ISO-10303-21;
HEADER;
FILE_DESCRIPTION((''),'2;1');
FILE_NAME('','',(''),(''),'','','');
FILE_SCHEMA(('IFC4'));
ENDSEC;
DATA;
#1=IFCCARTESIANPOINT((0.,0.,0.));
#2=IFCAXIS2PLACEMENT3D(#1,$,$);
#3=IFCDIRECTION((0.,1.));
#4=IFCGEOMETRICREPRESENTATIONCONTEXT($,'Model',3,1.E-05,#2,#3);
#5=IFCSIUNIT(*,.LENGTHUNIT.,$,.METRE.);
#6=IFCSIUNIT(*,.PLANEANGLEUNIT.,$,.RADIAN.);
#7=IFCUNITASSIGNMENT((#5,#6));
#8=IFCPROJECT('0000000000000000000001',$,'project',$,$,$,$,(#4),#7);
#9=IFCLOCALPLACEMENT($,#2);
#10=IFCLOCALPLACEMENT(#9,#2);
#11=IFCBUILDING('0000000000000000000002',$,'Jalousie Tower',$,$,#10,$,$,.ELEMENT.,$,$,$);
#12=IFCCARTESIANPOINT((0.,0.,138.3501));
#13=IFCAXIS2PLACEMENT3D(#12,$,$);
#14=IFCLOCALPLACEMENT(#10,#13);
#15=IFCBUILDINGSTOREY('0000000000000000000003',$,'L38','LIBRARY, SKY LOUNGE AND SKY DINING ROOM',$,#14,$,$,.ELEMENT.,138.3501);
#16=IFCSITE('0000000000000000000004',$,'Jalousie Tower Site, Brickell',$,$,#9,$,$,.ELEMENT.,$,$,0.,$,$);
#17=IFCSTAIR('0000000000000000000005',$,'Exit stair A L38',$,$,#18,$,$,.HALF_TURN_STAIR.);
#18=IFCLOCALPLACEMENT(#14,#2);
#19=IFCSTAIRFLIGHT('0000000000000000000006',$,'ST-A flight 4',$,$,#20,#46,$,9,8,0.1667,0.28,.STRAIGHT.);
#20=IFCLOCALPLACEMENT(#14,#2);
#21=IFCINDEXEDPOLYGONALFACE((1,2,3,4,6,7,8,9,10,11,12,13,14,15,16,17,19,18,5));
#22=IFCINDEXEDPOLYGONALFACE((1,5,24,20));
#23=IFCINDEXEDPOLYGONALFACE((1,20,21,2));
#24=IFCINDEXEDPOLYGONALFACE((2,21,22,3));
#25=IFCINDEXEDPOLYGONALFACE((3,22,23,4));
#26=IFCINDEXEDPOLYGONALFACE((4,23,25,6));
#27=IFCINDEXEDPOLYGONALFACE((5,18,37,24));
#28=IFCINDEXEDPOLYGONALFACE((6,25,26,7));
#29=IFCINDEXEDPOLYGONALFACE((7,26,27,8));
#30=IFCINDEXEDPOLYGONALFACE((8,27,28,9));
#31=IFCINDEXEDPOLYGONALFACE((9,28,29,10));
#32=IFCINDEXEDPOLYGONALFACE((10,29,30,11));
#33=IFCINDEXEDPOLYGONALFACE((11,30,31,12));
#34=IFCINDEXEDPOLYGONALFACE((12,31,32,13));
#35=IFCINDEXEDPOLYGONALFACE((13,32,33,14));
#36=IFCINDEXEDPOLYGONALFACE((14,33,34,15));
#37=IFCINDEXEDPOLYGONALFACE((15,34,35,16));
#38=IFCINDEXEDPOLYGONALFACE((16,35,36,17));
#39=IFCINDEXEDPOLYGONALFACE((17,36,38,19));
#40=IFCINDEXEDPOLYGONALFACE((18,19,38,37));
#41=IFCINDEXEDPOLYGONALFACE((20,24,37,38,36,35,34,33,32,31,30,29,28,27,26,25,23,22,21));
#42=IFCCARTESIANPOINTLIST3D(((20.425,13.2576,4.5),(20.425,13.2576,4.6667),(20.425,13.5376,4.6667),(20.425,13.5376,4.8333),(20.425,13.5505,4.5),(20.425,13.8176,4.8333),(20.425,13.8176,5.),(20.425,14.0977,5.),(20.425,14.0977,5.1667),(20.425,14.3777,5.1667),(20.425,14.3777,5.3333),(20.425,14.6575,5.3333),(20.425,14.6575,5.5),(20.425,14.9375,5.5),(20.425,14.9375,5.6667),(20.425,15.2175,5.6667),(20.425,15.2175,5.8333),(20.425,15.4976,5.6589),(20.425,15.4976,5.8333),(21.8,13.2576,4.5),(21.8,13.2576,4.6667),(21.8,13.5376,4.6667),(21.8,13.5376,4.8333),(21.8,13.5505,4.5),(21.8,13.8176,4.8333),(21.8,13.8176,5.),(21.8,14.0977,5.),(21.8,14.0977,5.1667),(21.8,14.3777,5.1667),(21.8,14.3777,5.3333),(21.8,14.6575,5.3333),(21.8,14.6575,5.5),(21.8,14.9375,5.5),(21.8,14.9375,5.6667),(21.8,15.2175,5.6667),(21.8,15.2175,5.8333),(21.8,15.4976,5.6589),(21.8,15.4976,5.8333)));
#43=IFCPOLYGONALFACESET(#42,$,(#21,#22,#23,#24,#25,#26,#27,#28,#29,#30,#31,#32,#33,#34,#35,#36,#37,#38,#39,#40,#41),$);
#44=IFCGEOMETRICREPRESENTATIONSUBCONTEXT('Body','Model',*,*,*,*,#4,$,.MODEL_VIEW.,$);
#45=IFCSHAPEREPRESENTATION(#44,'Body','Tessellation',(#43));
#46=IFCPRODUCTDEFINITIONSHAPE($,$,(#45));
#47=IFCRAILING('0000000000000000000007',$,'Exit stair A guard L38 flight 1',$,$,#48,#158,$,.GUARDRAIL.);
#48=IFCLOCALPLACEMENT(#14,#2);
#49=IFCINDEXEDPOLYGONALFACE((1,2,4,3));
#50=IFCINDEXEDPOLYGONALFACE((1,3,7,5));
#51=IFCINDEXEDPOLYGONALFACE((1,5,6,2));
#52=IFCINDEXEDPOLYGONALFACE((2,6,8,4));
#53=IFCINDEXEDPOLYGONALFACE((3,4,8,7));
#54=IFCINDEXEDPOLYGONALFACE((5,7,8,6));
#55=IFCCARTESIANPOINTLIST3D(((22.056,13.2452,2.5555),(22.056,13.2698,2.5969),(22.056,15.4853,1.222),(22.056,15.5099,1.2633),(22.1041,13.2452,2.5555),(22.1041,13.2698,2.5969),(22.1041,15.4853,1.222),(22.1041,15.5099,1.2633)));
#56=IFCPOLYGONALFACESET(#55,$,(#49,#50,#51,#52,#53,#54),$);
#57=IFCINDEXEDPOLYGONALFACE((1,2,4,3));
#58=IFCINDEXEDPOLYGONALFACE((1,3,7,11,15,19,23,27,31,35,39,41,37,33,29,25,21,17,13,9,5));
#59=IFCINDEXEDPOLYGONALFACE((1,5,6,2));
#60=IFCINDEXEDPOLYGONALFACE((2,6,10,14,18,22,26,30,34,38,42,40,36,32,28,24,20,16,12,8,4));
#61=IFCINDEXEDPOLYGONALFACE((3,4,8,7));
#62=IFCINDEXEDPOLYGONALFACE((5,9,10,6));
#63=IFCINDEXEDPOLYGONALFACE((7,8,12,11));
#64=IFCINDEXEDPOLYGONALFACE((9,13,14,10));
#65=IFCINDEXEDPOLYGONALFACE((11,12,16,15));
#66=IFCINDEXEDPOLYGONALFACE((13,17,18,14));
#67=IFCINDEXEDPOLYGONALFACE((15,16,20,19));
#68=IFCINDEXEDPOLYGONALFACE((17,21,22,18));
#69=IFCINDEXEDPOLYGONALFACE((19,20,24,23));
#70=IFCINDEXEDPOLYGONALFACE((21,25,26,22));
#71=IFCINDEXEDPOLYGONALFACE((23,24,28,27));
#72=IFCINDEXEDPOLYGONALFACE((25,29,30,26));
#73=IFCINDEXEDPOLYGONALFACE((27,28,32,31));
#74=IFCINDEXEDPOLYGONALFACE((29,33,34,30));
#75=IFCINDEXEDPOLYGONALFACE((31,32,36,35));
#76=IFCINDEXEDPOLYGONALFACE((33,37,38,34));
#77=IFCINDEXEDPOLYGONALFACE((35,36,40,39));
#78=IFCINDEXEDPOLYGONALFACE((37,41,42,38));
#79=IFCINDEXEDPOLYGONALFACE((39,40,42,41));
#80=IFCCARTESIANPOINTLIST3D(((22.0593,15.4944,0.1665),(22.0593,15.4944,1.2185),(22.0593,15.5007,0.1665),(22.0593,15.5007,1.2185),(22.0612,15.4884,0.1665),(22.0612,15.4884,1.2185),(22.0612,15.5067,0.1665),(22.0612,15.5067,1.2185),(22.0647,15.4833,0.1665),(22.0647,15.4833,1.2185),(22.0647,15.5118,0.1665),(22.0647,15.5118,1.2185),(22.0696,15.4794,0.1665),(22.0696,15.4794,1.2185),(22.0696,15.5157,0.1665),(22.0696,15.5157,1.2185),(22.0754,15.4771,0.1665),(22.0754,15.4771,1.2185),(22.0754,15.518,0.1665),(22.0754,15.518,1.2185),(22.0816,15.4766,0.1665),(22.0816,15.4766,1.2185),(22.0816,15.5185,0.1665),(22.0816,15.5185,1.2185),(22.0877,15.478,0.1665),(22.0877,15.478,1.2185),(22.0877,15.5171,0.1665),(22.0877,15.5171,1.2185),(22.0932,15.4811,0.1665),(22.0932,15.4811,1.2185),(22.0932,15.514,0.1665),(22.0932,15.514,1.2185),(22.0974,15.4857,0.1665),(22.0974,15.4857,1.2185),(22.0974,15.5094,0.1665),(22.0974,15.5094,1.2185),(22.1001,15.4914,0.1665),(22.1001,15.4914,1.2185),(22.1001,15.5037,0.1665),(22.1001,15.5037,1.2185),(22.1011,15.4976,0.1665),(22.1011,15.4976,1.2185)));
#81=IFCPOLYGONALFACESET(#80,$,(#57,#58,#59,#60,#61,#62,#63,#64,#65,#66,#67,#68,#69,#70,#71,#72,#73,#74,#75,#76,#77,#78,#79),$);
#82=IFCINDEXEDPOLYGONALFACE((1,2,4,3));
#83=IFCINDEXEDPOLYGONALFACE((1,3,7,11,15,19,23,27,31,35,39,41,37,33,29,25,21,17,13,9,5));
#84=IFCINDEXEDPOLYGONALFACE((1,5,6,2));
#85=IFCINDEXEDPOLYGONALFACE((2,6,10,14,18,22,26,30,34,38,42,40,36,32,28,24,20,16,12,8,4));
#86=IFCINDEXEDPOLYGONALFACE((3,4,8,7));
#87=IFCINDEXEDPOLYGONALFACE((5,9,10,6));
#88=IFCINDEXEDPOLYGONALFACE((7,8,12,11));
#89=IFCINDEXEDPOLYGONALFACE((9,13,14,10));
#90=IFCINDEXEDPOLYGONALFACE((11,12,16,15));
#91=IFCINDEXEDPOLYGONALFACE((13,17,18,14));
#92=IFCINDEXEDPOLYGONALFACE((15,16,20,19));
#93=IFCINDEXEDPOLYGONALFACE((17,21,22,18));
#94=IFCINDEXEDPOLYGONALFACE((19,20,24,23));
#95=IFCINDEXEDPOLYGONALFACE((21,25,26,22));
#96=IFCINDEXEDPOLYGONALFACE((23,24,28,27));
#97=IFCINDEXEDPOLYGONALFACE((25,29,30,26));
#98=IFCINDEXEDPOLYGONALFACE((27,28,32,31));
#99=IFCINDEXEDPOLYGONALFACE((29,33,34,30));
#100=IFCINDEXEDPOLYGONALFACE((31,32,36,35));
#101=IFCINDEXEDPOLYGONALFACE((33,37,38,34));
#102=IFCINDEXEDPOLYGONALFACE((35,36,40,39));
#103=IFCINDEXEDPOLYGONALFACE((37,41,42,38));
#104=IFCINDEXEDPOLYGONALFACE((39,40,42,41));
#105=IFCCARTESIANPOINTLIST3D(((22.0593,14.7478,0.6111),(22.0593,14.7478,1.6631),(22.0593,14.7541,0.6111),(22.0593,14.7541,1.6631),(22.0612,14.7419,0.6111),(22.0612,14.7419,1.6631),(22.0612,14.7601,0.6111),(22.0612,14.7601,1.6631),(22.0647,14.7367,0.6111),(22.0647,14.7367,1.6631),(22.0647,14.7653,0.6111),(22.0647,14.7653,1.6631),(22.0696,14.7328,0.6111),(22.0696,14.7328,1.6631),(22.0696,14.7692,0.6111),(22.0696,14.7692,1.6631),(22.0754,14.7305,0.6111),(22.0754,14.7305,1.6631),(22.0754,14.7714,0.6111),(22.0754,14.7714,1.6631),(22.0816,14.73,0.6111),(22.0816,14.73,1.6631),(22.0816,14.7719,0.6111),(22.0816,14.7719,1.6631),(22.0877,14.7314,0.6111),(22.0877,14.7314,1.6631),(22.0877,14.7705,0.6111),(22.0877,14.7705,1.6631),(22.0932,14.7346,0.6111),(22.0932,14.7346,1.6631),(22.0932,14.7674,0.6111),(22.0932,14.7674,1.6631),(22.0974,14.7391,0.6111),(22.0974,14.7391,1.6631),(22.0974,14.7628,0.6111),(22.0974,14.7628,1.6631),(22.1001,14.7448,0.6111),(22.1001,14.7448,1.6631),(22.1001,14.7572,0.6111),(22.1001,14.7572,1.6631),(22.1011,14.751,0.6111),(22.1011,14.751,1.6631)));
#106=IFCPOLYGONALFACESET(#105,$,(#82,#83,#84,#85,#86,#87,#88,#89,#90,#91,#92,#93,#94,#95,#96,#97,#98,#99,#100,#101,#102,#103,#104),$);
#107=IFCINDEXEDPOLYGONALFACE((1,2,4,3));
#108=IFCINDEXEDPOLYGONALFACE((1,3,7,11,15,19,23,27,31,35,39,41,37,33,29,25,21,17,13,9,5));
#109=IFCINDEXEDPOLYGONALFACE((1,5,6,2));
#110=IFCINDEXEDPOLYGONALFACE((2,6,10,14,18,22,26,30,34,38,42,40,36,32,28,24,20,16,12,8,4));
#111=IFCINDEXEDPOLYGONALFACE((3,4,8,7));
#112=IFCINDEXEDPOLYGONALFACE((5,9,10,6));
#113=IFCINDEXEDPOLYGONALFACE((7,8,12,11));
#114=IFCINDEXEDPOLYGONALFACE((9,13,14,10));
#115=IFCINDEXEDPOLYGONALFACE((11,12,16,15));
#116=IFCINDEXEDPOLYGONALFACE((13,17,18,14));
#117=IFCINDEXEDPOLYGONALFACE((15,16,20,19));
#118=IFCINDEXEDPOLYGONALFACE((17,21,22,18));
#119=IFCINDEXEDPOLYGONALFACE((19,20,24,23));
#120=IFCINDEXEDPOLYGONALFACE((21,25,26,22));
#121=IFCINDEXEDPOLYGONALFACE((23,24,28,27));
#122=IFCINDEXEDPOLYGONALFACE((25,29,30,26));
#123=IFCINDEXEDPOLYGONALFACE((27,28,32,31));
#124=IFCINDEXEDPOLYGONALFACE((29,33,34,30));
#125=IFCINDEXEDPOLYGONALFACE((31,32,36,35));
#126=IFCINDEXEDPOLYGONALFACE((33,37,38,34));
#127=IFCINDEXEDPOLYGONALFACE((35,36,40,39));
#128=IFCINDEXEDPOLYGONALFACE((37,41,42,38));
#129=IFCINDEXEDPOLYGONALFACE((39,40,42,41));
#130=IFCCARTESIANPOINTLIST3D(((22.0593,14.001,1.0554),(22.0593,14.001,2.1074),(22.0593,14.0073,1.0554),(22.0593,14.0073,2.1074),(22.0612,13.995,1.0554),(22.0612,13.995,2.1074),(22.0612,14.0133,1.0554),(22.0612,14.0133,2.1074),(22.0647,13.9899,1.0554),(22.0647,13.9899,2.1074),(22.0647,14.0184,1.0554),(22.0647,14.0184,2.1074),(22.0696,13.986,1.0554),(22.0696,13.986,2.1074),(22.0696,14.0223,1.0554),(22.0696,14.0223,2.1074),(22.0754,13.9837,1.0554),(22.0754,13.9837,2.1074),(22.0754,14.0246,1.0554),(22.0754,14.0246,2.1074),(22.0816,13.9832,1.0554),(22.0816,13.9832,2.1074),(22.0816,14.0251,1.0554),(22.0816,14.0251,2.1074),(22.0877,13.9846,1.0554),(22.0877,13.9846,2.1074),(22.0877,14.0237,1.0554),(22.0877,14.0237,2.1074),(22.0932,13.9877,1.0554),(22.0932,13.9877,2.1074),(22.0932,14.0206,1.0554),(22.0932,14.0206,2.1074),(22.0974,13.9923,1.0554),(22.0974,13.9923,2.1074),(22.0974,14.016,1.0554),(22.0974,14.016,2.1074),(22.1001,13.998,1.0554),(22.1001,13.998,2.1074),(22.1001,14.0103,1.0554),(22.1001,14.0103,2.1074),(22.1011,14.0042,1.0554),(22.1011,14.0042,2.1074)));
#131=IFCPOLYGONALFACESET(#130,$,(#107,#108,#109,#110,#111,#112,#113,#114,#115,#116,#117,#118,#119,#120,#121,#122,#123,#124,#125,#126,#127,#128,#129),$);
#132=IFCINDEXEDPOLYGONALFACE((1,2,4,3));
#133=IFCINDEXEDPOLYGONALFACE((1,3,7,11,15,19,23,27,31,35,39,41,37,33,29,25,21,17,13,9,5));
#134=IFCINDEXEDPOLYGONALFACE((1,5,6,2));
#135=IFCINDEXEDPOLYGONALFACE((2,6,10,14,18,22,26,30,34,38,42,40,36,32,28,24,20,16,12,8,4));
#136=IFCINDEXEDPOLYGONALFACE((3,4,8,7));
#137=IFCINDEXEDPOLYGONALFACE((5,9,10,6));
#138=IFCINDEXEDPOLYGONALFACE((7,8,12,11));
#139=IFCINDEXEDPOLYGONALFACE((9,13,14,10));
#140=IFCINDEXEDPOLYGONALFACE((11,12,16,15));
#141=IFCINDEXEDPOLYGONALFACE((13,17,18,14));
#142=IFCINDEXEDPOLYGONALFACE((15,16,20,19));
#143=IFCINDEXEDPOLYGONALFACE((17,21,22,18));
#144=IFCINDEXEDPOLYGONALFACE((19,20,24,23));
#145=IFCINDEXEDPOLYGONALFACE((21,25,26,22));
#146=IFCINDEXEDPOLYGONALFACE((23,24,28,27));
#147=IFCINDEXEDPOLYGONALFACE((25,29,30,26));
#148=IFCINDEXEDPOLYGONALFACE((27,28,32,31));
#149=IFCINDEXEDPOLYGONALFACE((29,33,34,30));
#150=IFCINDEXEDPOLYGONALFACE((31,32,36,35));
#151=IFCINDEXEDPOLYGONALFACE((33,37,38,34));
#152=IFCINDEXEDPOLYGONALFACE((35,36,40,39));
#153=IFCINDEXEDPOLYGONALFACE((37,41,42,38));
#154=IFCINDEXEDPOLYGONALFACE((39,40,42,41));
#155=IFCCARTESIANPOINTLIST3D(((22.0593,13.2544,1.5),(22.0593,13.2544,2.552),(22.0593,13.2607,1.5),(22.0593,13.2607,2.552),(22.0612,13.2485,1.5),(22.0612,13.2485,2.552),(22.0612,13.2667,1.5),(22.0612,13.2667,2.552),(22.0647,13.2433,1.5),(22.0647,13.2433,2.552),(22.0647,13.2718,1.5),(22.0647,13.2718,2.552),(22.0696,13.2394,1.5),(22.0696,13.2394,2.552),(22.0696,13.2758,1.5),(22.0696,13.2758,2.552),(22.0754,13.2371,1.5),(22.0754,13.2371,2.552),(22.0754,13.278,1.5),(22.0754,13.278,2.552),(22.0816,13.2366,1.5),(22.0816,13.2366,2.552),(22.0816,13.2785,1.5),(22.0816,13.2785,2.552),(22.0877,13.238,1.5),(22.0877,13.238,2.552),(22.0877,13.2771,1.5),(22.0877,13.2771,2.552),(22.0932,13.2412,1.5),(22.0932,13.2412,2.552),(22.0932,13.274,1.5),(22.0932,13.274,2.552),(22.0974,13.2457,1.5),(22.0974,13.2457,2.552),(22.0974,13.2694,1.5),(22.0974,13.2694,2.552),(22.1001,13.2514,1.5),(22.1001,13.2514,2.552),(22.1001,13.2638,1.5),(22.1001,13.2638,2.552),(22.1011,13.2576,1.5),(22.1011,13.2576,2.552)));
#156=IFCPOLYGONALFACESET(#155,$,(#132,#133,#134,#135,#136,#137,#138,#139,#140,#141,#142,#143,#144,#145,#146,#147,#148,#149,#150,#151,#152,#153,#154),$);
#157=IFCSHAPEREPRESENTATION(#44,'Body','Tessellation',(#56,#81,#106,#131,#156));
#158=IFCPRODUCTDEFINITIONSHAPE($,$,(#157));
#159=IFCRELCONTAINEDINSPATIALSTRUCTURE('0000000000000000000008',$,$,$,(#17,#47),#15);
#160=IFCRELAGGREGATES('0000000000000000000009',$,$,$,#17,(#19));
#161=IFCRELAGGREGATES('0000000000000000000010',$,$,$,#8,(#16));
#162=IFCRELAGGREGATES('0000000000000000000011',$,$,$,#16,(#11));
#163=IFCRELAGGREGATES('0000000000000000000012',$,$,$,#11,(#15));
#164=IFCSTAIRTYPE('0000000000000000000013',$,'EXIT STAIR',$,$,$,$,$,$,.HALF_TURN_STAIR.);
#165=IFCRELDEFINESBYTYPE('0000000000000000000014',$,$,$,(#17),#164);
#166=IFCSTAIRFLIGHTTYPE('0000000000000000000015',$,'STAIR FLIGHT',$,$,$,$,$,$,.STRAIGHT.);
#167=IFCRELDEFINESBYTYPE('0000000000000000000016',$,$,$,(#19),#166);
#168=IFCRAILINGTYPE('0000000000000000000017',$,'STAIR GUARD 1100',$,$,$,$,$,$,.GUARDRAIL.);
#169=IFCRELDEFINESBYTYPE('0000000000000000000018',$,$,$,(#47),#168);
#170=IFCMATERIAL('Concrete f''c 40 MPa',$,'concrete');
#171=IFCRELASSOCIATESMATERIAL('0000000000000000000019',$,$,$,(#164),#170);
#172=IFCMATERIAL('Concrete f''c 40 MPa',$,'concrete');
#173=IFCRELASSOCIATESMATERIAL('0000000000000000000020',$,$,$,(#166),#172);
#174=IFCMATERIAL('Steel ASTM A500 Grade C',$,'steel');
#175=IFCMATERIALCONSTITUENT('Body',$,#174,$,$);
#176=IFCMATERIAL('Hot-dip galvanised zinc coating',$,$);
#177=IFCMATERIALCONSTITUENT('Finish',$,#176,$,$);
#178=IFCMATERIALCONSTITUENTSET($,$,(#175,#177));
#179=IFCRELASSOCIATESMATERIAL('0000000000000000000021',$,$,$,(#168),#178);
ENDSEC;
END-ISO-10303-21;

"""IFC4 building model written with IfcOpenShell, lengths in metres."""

from ifc_helpers import new_model, si_unit, direction, frame, origin, origin_2d, place, context, subcontext, project, spatial, polyline, rectangle, circle, outline, extrude, material, constituent, constituent_set, type_object, element, aggregate, save


model = new_model("IFC4")

# Units and contexts
model_context = context("Model", 3, precision=1e-05, world=origin(), true_north=direction((0.0, 1.0)))
body_context = subcontext(model_context, "Body", "Model", "MODEL_VIEW")
ifc_project = project(units=[si_unit("LENGTHUNIT", "METRE"), si_unit("PLANEANGLEUNIT", "RADIAN")], contexts=[model_context])

# Site, building, storey
site_placement = place(None, origin())
site = spatial("IfcSite", under=ifc_project, at=site_placement, Name="Jalousie Tower Site, Brickell", CompositionType="ELEMENT", RefElevation=0.0)
building_placement = place(site_placement, origin())
building = spatial("IfcBuilding", under=site, at=building_placement, Name="Jalousie Tower", CompositionType="ELEMENT")
storey_placement = place(building_placement, frame((0.0, 0.0, 138.3501)))
storey = spatial("IfcBuildingStorey", under=building, at=storey_placement, Name="L38", Description="LIBRARY, SKY LOUNGE AND SKY DINING ROOM", CompositionType="ELEMENT", Elevation=138.3501)

# Stair, stair flight
ifc_material_1 = material(Name="Concrete f'c 40 MPa", Category="concrete")
stair_type = type_object("IfcStairType", Name="EXIT STAIR", PredefinedType="HALF_TURN_STAIR", material=ifc_material_1)
stair_placement = place(storey_placement, origin())
stair = element("IfcStair", 1, at=stair_placement, inside=storey, type_object=stair_type, Name="Exit stair A L38", PredefinedType="HALF_TURN_STAIR")
ifc_material_2 = material(Name="Concrete f'c 40 MPa", Category="concrete")
stair_flight_type = type_object("IfcStairFlightType", Name="STAIR FLIGHT", PredefinedType="STRAIGHT", material=ifc_material_2)
stair_flight_1_placement = place(storey_placement, frame((21.1125, 13.2576, 4.5), z_axis=(0.0, 0.0, 1.0), x_axis=(0.0, 1.0, 0.0)))
stair_flight_1 = element("IfcStairFlight", 2, at=stair_flight_1_placement, type_object=stair_flight_type, Name="ST-A flight 4", NumberOfRisers=9, NumberOfTreads=8, PredefinedType="STRAIGHT", RiserHeight=0.1667, TreadLength=0.28, context=body_context, shape_type="SweptSolid", body=[
    extrude(outline(polyline([(0.0, 0.0), (0.0, 0.1667), (0.28, 0.1667), (0.28, 0.3333), (0.5601, 0.3333), (0.5601, 0.5), (0.8401, 0.5), (0.8401, 0.6667), (1.1201, 0.6667), (1.1201, 0.8333), (1.3999, 0.8333), (1.3999, 1.0), (1.6799, 1.0), (1.6799, 1.1667), (1.96, 1.1667), (1.96, 1.3333), (2.24, 1.3333), (2.24, 1.5), (2.24, 1.1589), (0.293, 0.0), (0.0, 0.0)])), frame((0.0, 0.6875, 0.0), z_axis=(0.0, -1.0, 0.0), x_axis=(1.0, 0.0, 0.0)), (0.0, 0.0, 1.0), 1.375),
])
aggregate(stair, [stair_flight_1])

# Railing
ifc_material_3 = material(Name="Steel ASTM A500 Grade C", Category="steel")
ifc_constituent_1 = constituent(ifc_material_3, Name="Body")
ifc_material_4 = material(Name="Hot-dip galvanised zinc coating")
ifc_constituent_2 = constituent(ifc_material_4, Name="Finish")
ifc_constituent_set_1 = constituent_set(constituents=[ifc_constituent_1, ifc_constituent_2])
railing_type_1 = type_object("IfcRailingType", Name="STAIR GUARD 1100", PredefinedType="GUARDRAIL", material=ifc_constituent_set_1)
railing_1_placement = place(storey_placement, frame((22.0801, 15.4976, 0.1665)))
element("IfcRailing", 3, at=railing_1_placement, inside=storey, type_object=railing_type_1, Name="Exit stair A guard L38 flight 1", PredefinedType="GUARDRAIL", context=body_context, shape_type="SweptSolid", body=[
    extrude(rectangle(XDim=0.0481, YDim=0.0481, at=origin_2d()), frame((0.0, 0.0, 1.0762), z_axis=(0.0, -0.859264, 0.511532), x_axis=(1.0, 0.0, 0.0)), (0.0, 0.0, 1.0), 2.6069),
    extrude(circle(Radius=0.021, at=origin_2d()), origin(), (0.0, 0.0, 1.0), 1.052),
    extrude(circle(Radius=0.021, at=origin_2d()), frame((0.0, -0.7466, 0.4446)), (0.0, 0.0, 1.0), 1.052),
    extrude(circle(Radius=0.021, at=origin_2d()), frame((0.0, -1.4934, 0.8889)), (0.0, 0.0, 1.0), 1.052),
    extrude(circle(Radius=0.021, at=origin_2d()), frame((0.0, -2.24, 1.3335)), (0.0, 0.0, 1.0), 1.052),
])

save(model, "model.ifc")
